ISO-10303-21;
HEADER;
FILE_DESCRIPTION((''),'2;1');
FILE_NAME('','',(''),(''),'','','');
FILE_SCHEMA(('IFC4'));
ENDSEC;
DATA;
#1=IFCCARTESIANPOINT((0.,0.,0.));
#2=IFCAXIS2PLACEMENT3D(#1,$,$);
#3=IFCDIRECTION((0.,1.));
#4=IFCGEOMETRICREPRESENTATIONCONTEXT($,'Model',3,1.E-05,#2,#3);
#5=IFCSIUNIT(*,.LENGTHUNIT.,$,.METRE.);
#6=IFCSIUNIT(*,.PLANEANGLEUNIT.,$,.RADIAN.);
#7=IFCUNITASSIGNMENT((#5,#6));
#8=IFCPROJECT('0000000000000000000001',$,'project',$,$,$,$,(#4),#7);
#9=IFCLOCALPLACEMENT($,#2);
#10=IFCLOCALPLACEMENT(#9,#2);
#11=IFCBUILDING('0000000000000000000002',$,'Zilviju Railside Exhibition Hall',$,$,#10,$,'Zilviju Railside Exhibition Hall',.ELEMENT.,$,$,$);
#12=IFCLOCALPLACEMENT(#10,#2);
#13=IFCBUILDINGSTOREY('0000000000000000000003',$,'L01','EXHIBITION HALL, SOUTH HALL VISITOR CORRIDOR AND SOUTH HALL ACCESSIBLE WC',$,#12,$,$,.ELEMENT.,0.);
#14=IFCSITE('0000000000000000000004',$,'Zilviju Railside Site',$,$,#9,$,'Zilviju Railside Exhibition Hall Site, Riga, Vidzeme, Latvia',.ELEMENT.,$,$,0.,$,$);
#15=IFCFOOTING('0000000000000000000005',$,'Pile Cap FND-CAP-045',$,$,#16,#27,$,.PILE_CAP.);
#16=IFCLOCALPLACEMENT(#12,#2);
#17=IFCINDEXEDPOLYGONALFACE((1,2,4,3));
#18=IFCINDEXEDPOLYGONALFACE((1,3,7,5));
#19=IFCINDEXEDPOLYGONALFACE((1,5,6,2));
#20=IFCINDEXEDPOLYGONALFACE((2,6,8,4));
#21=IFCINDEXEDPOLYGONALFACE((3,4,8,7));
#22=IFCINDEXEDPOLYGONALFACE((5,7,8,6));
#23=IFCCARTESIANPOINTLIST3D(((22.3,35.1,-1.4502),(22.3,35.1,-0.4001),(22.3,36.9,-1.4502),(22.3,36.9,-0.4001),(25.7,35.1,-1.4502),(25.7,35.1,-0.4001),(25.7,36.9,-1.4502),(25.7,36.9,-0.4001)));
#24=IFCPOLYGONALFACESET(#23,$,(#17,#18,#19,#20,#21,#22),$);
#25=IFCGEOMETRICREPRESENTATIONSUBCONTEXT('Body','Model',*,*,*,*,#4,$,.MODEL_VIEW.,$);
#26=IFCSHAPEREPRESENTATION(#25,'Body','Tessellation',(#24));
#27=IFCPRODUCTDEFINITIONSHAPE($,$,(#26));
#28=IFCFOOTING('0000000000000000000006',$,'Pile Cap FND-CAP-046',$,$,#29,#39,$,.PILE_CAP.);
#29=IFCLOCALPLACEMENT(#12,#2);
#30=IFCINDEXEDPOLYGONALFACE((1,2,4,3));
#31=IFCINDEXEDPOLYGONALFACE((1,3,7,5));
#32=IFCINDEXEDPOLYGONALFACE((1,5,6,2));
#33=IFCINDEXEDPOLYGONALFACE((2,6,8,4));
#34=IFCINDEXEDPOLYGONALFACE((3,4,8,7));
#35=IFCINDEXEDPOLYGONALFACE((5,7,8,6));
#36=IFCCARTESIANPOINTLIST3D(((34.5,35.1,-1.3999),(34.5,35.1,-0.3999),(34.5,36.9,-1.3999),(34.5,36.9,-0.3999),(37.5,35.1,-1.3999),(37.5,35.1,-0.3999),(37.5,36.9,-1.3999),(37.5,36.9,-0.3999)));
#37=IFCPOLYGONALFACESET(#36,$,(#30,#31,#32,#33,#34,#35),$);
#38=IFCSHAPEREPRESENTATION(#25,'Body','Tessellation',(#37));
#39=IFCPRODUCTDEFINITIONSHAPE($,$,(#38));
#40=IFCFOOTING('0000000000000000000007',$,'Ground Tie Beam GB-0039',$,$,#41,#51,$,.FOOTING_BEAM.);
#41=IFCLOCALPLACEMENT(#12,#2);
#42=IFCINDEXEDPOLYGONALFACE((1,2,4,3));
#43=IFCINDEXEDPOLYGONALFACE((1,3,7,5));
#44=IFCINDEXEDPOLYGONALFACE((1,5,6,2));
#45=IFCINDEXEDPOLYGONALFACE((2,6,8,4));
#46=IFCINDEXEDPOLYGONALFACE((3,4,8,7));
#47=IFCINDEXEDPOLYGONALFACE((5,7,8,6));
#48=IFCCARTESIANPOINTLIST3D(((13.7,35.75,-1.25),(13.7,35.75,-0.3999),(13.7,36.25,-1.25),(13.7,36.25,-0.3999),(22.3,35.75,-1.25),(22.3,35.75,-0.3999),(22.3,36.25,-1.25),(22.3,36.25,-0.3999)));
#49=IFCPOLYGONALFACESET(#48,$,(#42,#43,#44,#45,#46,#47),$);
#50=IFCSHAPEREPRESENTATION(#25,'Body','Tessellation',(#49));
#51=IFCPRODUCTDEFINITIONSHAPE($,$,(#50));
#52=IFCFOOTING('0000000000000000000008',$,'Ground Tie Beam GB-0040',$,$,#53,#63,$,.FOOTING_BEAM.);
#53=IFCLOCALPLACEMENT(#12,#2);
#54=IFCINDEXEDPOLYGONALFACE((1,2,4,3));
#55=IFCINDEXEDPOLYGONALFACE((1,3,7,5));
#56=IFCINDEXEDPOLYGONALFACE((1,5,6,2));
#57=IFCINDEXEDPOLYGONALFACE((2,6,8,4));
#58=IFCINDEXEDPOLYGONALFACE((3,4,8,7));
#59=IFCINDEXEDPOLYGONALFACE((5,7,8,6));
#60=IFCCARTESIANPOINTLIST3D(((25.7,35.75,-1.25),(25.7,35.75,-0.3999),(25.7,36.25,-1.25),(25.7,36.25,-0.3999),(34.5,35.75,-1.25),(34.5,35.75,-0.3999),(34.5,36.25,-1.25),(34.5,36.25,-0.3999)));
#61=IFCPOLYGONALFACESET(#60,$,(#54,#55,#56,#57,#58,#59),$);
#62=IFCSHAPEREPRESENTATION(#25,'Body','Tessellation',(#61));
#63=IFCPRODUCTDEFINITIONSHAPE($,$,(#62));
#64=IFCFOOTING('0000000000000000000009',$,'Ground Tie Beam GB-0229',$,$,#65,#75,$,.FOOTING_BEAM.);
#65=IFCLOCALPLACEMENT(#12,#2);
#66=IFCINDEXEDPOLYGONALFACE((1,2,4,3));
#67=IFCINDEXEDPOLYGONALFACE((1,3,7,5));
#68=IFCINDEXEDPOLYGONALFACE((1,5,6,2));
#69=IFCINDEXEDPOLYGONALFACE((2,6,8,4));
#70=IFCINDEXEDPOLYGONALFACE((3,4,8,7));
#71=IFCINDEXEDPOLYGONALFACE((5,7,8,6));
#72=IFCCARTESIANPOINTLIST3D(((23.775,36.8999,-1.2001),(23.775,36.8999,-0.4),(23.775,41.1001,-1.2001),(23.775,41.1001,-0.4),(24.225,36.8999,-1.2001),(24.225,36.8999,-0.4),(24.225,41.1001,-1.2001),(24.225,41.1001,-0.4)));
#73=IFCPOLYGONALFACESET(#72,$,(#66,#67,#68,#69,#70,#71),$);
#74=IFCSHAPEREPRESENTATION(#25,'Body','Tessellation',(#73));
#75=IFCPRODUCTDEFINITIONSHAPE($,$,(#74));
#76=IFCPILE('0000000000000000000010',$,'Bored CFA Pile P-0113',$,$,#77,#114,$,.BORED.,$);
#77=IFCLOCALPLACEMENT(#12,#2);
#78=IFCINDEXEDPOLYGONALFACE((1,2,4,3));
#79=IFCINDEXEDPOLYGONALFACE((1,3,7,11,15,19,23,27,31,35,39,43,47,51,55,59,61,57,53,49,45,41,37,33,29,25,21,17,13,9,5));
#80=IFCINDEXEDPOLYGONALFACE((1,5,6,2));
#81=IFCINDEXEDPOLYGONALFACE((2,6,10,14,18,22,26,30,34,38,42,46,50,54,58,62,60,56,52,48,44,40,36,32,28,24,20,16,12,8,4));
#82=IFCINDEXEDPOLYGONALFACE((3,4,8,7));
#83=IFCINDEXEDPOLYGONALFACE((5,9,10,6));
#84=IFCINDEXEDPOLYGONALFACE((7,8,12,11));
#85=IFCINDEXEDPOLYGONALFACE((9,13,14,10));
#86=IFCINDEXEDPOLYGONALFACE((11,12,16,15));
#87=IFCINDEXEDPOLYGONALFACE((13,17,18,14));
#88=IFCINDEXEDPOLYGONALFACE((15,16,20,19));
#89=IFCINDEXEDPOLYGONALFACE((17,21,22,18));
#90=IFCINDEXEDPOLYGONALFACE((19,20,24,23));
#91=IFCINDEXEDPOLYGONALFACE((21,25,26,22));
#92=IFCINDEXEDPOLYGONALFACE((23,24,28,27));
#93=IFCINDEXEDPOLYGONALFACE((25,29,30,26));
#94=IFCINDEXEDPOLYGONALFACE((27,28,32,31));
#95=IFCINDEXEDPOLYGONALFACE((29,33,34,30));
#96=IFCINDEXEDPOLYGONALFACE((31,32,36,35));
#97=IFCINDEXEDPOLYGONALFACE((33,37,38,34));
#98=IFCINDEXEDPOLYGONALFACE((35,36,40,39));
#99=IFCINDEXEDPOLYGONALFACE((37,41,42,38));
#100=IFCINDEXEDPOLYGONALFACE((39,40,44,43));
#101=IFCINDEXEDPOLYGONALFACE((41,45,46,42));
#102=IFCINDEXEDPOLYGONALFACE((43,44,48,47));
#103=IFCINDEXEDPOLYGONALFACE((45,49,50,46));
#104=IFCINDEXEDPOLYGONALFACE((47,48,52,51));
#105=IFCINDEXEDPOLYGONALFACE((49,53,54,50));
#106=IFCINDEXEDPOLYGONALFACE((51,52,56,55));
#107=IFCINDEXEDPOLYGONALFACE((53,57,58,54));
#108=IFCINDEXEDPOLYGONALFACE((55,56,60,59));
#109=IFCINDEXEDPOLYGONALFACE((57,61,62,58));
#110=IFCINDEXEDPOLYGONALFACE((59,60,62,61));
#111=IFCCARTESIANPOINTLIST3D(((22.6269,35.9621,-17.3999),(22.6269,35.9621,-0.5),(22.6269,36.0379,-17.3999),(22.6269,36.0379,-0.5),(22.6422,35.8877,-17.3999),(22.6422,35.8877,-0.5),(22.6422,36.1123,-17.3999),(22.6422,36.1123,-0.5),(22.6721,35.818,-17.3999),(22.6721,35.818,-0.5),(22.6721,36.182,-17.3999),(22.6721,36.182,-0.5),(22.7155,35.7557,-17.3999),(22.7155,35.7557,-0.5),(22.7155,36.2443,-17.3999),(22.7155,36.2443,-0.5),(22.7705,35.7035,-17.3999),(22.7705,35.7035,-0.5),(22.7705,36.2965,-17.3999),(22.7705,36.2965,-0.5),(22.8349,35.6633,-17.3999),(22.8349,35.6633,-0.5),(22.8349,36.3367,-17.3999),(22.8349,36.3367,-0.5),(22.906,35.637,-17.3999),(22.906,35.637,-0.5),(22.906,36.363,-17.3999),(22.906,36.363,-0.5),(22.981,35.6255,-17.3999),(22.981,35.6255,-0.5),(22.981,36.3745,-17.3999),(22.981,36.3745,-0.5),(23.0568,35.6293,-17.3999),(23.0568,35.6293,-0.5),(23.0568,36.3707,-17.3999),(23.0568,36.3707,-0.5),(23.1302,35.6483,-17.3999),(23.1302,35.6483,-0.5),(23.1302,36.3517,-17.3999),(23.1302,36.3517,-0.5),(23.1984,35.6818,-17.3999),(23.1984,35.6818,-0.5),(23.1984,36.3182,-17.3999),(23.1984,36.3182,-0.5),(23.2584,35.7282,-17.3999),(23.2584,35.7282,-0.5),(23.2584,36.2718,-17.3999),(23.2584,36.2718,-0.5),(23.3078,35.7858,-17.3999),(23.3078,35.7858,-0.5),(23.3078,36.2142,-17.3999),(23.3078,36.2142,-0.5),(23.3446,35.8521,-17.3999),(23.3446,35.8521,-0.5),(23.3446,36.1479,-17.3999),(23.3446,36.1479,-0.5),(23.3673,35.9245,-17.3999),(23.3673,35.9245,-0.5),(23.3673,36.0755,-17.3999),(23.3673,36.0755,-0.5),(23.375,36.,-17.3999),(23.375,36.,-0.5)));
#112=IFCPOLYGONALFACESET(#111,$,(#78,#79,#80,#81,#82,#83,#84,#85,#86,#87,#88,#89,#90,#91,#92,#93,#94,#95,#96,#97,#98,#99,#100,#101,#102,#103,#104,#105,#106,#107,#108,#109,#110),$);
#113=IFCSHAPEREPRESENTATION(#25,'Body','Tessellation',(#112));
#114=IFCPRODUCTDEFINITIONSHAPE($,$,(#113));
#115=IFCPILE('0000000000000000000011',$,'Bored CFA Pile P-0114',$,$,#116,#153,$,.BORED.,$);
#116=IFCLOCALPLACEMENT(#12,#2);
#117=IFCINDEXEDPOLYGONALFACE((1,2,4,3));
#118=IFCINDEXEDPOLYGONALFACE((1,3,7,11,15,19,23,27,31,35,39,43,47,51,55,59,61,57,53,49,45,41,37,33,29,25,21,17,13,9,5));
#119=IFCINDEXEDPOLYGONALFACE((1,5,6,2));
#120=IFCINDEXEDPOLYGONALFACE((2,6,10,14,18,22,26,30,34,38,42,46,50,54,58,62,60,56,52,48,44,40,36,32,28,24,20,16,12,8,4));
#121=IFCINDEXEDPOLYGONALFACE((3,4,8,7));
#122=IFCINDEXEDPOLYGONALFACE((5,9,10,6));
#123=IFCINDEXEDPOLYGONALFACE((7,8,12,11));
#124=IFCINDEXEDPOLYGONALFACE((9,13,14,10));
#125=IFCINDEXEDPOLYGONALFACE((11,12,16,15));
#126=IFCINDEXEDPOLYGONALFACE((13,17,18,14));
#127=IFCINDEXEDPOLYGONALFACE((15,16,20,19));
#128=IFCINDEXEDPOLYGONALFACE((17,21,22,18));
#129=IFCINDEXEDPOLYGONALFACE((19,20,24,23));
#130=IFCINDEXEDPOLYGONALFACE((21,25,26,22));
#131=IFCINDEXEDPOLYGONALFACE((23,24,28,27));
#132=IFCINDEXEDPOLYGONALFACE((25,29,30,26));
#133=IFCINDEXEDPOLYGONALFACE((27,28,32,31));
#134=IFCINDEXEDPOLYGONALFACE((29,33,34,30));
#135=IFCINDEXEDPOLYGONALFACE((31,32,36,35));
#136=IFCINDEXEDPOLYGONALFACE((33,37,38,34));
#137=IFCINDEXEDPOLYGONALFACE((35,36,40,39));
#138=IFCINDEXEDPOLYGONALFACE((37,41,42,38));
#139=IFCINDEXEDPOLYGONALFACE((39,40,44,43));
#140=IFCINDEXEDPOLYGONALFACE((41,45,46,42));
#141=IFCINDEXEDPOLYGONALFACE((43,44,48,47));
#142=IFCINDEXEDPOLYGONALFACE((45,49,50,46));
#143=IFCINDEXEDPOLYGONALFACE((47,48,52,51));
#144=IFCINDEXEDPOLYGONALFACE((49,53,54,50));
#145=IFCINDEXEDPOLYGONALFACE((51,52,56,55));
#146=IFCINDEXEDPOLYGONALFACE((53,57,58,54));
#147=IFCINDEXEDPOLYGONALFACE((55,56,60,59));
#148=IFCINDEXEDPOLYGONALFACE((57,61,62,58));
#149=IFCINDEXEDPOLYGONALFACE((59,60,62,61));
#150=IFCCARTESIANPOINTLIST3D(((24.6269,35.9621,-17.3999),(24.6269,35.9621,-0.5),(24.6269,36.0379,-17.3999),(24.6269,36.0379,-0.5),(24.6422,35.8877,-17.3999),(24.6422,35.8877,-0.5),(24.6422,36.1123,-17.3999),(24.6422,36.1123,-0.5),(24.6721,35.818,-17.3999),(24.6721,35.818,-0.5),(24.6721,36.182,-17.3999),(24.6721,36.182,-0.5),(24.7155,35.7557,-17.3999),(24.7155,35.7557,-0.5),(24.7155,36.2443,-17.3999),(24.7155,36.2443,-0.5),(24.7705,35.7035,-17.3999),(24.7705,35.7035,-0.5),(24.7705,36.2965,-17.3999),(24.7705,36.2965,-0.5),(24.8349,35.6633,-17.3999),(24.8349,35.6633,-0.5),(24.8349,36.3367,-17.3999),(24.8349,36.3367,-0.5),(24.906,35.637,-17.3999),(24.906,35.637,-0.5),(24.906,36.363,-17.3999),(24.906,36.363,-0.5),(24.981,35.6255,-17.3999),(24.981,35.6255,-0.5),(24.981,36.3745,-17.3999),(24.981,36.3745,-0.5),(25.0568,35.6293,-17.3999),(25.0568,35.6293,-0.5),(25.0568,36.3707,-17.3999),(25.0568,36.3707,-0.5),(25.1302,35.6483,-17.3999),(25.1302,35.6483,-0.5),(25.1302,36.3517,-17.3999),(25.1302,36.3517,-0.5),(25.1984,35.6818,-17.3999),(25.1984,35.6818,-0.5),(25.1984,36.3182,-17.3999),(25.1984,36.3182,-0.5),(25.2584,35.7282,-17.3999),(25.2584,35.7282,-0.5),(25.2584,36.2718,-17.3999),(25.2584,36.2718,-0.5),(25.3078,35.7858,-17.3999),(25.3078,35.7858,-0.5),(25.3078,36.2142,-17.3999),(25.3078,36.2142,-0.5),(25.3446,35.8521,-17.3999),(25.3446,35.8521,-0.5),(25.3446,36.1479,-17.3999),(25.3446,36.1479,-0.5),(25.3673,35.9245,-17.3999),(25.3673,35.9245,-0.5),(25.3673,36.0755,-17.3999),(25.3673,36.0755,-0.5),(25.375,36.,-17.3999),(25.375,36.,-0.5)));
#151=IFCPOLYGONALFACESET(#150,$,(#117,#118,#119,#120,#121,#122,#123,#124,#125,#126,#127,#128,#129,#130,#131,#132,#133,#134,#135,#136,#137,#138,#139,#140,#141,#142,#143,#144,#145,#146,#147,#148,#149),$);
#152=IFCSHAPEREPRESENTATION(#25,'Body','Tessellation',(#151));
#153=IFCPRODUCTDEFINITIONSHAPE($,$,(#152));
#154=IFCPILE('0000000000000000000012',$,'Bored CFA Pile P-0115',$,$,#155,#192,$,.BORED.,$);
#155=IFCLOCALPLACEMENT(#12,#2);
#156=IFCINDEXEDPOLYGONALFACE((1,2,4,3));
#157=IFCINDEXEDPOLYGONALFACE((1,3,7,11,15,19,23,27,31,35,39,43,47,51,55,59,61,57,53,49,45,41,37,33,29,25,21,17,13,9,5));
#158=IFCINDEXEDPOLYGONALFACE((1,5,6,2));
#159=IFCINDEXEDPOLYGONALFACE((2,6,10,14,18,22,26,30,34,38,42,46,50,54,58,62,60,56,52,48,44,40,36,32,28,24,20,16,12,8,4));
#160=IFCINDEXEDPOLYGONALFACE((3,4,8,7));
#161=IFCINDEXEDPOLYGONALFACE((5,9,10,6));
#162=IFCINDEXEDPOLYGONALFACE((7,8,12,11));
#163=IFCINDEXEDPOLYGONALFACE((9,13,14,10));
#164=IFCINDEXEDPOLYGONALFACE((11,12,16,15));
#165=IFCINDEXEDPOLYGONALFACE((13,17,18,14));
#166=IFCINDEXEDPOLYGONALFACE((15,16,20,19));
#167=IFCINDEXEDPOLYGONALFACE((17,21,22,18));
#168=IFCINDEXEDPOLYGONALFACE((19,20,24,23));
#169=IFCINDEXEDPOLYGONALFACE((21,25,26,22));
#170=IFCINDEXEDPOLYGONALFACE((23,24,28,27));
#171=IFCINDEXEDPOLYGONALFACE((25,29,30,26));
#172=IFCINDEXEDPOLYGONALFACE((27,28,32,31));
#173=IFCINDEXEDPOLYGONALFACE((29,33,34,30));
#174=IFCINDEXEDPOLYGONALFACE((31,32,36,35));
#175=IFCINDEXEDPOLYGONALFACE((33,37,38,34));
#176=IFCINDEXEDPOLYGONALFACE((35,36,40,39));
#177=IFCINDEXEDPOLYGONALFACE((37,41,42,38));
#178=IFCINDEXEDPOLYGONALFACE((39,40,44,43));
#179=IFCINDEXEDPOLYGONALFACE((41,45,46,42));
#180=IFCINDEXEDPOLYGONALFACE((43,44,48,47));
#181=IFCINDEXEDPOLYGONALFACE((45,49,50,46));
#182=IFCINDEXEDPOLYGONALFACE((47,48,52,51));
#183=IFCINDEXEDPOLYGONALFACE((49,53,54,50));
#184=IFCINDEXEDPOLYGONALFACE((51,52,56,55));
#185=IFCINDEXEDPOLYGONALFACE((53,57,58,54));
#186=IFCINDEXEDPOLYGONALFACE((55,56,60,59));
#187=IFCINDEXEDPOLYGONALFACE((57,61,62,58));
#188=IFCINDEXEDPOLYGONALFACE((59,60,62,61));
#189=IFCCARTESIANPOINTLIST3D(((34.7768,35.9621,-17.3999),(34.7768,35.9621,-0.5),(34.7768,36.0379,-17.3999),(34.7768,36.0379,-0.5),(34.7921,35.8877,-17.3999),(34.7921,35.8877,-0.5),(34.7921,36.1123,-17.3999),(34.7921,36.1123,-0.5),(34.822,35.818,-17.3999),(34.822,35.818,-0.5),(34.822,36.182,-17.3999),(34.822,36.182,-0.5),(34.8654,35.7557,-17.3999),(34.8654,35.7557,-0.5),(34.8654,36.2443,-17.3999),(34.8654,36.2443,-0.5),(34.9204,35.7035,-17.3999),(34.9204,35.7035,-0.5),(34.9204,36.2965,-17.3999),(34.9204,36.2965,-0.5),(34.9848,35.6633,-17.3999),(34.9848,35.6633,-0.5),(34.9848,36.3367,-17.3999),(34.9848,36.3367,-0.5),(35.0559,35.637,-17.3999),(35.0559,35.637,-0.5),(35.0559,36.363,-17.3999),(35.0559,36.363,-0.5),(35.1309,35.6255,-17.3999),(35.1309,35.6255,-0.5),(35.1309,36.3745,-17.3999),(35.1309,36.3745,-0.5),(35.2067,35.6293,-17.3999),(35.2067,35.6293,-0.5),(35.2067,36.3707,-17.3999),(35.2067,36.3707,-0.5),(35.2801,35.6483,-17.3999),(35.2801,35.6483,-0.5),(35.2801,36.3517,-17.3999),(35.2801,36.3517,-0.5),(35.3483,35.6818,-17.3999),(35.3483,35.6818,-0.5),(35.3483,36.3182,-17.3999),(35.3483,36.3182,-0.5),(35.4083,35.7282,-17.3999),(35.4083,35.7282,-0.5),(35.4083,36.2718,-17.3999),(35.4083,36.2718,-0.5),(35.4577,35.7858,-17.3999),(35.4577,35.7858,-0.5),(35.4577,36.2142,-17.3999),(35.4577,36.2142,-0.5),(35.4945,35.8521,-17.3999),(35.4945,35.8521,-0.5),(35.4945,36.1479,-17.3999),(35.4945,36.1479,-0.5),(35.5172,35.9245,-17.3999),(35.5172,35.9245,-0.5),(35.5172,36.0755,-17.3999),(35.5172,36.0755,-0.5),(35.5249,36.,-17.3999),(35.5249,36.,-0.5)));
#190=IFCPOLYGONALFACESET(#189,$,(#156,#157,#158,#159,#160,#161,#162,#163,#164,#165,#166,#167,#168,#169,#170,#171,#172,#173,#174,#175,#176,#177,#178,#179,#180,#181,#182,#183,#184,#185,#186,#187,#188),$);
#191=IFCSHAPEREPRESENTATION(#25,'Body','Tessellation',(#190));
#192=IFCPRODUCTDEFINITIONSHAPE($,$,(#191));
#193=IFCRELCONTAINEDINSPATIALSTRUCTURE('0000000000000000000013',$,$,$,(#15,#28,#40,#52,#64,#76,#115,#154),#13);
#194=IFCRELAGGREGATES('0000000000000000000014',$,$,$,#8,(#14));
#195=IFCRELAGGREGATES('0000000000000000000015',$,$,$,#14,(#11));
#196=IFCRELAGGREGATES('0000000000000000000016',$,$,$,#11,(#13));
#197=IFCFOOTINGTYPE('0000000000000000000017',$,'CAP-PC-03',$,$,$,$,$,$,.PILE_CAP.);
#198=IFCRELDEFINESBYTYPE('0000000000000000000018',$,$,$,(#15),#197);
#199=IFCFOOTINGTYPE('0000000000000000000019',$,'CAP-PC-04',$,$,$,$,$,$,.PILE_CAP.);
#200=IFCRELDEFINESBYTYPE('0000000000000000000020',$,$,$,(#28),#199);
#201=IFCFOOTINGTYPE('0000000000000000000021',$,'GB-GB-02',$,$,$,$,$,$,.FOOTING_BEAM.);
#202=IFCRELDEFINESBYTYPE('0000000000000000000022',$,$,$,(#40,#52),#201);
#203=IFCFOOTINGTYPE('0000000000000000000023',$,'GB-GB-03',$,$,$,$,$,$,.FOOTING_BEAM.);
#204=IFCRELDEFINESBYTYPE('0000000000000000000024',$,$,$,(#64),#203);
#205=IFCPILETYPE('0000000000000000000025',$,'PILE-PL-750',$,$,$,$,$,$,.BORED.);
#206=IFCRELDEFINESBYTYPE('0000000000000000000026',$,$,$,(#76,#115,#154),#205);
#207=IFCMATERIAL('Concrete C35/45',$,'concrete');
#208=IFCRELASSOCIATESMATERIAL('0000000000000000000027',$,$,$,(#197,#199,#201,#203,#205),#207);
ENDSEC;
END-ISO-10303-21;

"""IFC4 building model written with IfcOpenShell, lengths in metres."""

from ifc_helpers import new_model, si_unit, direction, frame, origin, origin_2d, place, context, subcontext, project, spatial, rectangle, circle, extrude, material, material_profile, profile_set, type_object, element, save


model = new_model("IFC4")

# Units and contexts
model_context = context("Model", 3, precision=1e-05, world=origin(), true_north=direction((0.0, 1.0)))
body_context = subcontext(model_context, "Body", "Model", "MODEL_VIEW")
ifc_project = project(units=[si_unit("LENGTHUNIT", "METRE"), si_unit("PLANEANGLEUNIT", "RADIAN")], contexts=[model_context])

# Site, building, storey
site_placement = place(None, origin())
site = spatial("IfcSite", under=ifc_project, at=site_placement, Name="Zilviju Railside Site", LongName="Zilviju Railside Exhibition Hall Site, Riga, Vidzeme, Latvia", CompositionType="ELEMENT", RefElevation=0.0)
building_placement = place(site_placement, origin())
building = spatial("IfcBuilding", under=site, at=building_placement, Name="Zilviju Railside Exhibition Hall", LongName="Zilviju Railside Exhibition Hall", CompositionType="ELEMENT")
storey_placement = place(building_placement, origin())
storey = spatial("IfcBuildingStorey", under=building, at=storey_placement, Name="L01", Description="EXHIBITION HALL, SOUTH HALL VISITOR CORRIDOR AND SOUTH HALL ACCESSIBLE WC", CompositionType="ELEMENT", Elevation=0.0)

# Footings
ifc_material_1 = material(Name="Concrete C35/45", Category="concrete")
footing_type_1 = type_object("IfcFootingType", Name="CAP-PC-03", PredefinedType="PILE_CAP", material=ifc_material_1)
footing_1_placement = place(storey_placement, frame((24.0, 36.0, -1.4502), z_axis=(0.0, 0.0, 1.0), x_axis=(1.0, 0.0, 0.0)))
element("IfcFooting", 1, at=footing_1_placement, inside=storey, type_object=footing_type_1, Name="Pile Cap FND-CAP-045", PredefinedType="PILE_CAP", context=body_context, shape_type="SweptSolid", body=[
    extrude(rectangle(XDim=3.3999, YDim=1.8, at=origin_2d()), origin(), (0.0, 0.0, 1.0), 1.05),
])
footing_type_2 = type_object("IfcFootingType", Name="CAP-PC-04", PredefinedType="PILE_CAP", material=ifc_material_1)
footing_2_placement = place(storey_placement, frame((36.0, 36.0, -1.3999), z_axis=(0.0, 0.0, 1.0), x_axis=(1.0, 0.0, 0.0)))
element("IfcFooting", 2, at=footing_2_placement, inside=storey, type_object=footing_type_2, Name="Pile Cap FND-CAP-046", PredefinedType="PILE_CAP", context=body_context, shape_type="SweptSolid", body=[
    extrude(rectangle(XDim=3.0, YDim=1.8, at=origin_2d()), origin(), (0.0, 0.0, 1.0), 1.0),
])
ifc_material_profile_1 = material_profile(ifc_material_1, rectangle(XDim=0.5, YDim=0.8501, at=origin_2d()), Name="TIE BEAM 500x850")
ifc_profile_set_1 = profile_set([ifc_material_profile_1], Name="Concrete C35/45")
footing_type_3 = type_object("IfcFootingType", Name="GB-GB-02", PredefinedType="FOOTING_BEAM", material=ifc_profile_set_1)
footing_3_placement = place(storey_placement, frame((13.7, 36.0, -0.825), z_axis=(1.0, 0.0, 0.0), x_axis=(0.0, 1.0, 0.0)))
element("IfcFooting", 3, at=footing_3_placement, inside=storey, type_object=footing_type_3, Name="Ground Tie Beam GB-0039", PredefinedType="FOOTING_BEAM", context=body_context, shape_type="SweptSolid", body=[
    extrude(rectangle(XDim=0.5, YDim=0.8501, at=origin_2d()), origin(), (0.0, 0.0, 1.0), 8.6001),
])
footing_4_placement = place(storey_placement, frame((25.7, 36.0, -0.825), z_axis=(1.0, 0.0, 0.0), x_axis=(0.0, 1.0, 0.0)))
element("IfcFooting", 4, at=footing_4_placement, inside=storey, type_object=footing_type_3, Name="Ground Tie Beam GB-0040", PredefinedType="FOOTING_BEAM", context=body_context, shape_type="SweptSolid", body=[
    extrude(rectangle(XDim=0.5, YDim=0.8501, at=origin_2d()), origin(), (0.0, 0.0, 1.0), 8.8),
])
ifc_material_profile_2 = material_profile(ifc_material_1, rectangle(XDim=0.45, YDim=0.8, at=origin_2d()), Name="TIE BEAM 450x800")
ifc_profile_set_2 = profile_set([ifc_material_profile_2], Name="Concrete C35/45")
footing_type_4 = type_object("IfcFootingType", Name="GB-GB-03", PredefinedType="FOOTING_BEAM", material=ifc_profile_set_2)
footing_5_placement = place(storey_placement, frame((24.0, 36.8999, -0.8), z_axis=(0.0, 1.0, 0.0), x_axis=(-1.0, 0.0, 0.0)))
element("IfcFooting", 5, at=footing_5_placement, inside=storey, type_object=footing_type_4, Name="Ground Tie Beam GB-0229", PredefinedType="FOOTING_BEAM", context=body_context, shape_type="SweptSolid", body=[
    extrude(rectangle(XDim=0.45, YDim=0.8, at=origin_2d()), origin(), (0.0, 0.0, 1.0), 4.2002),
])

# Piles
ifc_material_profile_3 = material_profile(ifc_material_1, circle(Radius=0.375, at=origin_2d()), Name="CFA PILE D750")
ifc_profile_set_3 = profile_set([ifc_material_profile_3], Name="Concrete C35/45")
pile_type = type_object("IfcPileType", Name="PILE-PL-750", PredefinedType="BORED", material=ifc_profile_set_3)
for number, where, z_axis, x_axis, name in (
    (6, (23.0, 36.0, -0.5), (0.0, 0.0, -1.0), (1.0, 0.0, 0.0), "Bored CFA Pile P-0113"),
    (7, (25.0, 36.0, -0.5), (0.0, 0.0, -1.0), (1.0, 0.0, 0.0), "Bored CFA Pile P-0114"),
    (8, (35.1499, 36.0, -0.5), (0.0, 0.0, -1.0), (1.0, 0.0, 0.0), "Bored CFA Pile P-0115"),
):
    element("IfcPile", number, at=place(storey_placement, frame(where, z_axis=z_axis, x_axis=x_axis)), inside=storey, type_object=pile_type, Name=name, PredefinedType="BORED", context=body_context, shape_type="SweptSolid", body=[
        extrude(circle(Radius=0.375, at=origin_2d()), origin(), (0.0, 0.0, 1.0), 16.8999),
    ])

save(model, "model.ifc")
